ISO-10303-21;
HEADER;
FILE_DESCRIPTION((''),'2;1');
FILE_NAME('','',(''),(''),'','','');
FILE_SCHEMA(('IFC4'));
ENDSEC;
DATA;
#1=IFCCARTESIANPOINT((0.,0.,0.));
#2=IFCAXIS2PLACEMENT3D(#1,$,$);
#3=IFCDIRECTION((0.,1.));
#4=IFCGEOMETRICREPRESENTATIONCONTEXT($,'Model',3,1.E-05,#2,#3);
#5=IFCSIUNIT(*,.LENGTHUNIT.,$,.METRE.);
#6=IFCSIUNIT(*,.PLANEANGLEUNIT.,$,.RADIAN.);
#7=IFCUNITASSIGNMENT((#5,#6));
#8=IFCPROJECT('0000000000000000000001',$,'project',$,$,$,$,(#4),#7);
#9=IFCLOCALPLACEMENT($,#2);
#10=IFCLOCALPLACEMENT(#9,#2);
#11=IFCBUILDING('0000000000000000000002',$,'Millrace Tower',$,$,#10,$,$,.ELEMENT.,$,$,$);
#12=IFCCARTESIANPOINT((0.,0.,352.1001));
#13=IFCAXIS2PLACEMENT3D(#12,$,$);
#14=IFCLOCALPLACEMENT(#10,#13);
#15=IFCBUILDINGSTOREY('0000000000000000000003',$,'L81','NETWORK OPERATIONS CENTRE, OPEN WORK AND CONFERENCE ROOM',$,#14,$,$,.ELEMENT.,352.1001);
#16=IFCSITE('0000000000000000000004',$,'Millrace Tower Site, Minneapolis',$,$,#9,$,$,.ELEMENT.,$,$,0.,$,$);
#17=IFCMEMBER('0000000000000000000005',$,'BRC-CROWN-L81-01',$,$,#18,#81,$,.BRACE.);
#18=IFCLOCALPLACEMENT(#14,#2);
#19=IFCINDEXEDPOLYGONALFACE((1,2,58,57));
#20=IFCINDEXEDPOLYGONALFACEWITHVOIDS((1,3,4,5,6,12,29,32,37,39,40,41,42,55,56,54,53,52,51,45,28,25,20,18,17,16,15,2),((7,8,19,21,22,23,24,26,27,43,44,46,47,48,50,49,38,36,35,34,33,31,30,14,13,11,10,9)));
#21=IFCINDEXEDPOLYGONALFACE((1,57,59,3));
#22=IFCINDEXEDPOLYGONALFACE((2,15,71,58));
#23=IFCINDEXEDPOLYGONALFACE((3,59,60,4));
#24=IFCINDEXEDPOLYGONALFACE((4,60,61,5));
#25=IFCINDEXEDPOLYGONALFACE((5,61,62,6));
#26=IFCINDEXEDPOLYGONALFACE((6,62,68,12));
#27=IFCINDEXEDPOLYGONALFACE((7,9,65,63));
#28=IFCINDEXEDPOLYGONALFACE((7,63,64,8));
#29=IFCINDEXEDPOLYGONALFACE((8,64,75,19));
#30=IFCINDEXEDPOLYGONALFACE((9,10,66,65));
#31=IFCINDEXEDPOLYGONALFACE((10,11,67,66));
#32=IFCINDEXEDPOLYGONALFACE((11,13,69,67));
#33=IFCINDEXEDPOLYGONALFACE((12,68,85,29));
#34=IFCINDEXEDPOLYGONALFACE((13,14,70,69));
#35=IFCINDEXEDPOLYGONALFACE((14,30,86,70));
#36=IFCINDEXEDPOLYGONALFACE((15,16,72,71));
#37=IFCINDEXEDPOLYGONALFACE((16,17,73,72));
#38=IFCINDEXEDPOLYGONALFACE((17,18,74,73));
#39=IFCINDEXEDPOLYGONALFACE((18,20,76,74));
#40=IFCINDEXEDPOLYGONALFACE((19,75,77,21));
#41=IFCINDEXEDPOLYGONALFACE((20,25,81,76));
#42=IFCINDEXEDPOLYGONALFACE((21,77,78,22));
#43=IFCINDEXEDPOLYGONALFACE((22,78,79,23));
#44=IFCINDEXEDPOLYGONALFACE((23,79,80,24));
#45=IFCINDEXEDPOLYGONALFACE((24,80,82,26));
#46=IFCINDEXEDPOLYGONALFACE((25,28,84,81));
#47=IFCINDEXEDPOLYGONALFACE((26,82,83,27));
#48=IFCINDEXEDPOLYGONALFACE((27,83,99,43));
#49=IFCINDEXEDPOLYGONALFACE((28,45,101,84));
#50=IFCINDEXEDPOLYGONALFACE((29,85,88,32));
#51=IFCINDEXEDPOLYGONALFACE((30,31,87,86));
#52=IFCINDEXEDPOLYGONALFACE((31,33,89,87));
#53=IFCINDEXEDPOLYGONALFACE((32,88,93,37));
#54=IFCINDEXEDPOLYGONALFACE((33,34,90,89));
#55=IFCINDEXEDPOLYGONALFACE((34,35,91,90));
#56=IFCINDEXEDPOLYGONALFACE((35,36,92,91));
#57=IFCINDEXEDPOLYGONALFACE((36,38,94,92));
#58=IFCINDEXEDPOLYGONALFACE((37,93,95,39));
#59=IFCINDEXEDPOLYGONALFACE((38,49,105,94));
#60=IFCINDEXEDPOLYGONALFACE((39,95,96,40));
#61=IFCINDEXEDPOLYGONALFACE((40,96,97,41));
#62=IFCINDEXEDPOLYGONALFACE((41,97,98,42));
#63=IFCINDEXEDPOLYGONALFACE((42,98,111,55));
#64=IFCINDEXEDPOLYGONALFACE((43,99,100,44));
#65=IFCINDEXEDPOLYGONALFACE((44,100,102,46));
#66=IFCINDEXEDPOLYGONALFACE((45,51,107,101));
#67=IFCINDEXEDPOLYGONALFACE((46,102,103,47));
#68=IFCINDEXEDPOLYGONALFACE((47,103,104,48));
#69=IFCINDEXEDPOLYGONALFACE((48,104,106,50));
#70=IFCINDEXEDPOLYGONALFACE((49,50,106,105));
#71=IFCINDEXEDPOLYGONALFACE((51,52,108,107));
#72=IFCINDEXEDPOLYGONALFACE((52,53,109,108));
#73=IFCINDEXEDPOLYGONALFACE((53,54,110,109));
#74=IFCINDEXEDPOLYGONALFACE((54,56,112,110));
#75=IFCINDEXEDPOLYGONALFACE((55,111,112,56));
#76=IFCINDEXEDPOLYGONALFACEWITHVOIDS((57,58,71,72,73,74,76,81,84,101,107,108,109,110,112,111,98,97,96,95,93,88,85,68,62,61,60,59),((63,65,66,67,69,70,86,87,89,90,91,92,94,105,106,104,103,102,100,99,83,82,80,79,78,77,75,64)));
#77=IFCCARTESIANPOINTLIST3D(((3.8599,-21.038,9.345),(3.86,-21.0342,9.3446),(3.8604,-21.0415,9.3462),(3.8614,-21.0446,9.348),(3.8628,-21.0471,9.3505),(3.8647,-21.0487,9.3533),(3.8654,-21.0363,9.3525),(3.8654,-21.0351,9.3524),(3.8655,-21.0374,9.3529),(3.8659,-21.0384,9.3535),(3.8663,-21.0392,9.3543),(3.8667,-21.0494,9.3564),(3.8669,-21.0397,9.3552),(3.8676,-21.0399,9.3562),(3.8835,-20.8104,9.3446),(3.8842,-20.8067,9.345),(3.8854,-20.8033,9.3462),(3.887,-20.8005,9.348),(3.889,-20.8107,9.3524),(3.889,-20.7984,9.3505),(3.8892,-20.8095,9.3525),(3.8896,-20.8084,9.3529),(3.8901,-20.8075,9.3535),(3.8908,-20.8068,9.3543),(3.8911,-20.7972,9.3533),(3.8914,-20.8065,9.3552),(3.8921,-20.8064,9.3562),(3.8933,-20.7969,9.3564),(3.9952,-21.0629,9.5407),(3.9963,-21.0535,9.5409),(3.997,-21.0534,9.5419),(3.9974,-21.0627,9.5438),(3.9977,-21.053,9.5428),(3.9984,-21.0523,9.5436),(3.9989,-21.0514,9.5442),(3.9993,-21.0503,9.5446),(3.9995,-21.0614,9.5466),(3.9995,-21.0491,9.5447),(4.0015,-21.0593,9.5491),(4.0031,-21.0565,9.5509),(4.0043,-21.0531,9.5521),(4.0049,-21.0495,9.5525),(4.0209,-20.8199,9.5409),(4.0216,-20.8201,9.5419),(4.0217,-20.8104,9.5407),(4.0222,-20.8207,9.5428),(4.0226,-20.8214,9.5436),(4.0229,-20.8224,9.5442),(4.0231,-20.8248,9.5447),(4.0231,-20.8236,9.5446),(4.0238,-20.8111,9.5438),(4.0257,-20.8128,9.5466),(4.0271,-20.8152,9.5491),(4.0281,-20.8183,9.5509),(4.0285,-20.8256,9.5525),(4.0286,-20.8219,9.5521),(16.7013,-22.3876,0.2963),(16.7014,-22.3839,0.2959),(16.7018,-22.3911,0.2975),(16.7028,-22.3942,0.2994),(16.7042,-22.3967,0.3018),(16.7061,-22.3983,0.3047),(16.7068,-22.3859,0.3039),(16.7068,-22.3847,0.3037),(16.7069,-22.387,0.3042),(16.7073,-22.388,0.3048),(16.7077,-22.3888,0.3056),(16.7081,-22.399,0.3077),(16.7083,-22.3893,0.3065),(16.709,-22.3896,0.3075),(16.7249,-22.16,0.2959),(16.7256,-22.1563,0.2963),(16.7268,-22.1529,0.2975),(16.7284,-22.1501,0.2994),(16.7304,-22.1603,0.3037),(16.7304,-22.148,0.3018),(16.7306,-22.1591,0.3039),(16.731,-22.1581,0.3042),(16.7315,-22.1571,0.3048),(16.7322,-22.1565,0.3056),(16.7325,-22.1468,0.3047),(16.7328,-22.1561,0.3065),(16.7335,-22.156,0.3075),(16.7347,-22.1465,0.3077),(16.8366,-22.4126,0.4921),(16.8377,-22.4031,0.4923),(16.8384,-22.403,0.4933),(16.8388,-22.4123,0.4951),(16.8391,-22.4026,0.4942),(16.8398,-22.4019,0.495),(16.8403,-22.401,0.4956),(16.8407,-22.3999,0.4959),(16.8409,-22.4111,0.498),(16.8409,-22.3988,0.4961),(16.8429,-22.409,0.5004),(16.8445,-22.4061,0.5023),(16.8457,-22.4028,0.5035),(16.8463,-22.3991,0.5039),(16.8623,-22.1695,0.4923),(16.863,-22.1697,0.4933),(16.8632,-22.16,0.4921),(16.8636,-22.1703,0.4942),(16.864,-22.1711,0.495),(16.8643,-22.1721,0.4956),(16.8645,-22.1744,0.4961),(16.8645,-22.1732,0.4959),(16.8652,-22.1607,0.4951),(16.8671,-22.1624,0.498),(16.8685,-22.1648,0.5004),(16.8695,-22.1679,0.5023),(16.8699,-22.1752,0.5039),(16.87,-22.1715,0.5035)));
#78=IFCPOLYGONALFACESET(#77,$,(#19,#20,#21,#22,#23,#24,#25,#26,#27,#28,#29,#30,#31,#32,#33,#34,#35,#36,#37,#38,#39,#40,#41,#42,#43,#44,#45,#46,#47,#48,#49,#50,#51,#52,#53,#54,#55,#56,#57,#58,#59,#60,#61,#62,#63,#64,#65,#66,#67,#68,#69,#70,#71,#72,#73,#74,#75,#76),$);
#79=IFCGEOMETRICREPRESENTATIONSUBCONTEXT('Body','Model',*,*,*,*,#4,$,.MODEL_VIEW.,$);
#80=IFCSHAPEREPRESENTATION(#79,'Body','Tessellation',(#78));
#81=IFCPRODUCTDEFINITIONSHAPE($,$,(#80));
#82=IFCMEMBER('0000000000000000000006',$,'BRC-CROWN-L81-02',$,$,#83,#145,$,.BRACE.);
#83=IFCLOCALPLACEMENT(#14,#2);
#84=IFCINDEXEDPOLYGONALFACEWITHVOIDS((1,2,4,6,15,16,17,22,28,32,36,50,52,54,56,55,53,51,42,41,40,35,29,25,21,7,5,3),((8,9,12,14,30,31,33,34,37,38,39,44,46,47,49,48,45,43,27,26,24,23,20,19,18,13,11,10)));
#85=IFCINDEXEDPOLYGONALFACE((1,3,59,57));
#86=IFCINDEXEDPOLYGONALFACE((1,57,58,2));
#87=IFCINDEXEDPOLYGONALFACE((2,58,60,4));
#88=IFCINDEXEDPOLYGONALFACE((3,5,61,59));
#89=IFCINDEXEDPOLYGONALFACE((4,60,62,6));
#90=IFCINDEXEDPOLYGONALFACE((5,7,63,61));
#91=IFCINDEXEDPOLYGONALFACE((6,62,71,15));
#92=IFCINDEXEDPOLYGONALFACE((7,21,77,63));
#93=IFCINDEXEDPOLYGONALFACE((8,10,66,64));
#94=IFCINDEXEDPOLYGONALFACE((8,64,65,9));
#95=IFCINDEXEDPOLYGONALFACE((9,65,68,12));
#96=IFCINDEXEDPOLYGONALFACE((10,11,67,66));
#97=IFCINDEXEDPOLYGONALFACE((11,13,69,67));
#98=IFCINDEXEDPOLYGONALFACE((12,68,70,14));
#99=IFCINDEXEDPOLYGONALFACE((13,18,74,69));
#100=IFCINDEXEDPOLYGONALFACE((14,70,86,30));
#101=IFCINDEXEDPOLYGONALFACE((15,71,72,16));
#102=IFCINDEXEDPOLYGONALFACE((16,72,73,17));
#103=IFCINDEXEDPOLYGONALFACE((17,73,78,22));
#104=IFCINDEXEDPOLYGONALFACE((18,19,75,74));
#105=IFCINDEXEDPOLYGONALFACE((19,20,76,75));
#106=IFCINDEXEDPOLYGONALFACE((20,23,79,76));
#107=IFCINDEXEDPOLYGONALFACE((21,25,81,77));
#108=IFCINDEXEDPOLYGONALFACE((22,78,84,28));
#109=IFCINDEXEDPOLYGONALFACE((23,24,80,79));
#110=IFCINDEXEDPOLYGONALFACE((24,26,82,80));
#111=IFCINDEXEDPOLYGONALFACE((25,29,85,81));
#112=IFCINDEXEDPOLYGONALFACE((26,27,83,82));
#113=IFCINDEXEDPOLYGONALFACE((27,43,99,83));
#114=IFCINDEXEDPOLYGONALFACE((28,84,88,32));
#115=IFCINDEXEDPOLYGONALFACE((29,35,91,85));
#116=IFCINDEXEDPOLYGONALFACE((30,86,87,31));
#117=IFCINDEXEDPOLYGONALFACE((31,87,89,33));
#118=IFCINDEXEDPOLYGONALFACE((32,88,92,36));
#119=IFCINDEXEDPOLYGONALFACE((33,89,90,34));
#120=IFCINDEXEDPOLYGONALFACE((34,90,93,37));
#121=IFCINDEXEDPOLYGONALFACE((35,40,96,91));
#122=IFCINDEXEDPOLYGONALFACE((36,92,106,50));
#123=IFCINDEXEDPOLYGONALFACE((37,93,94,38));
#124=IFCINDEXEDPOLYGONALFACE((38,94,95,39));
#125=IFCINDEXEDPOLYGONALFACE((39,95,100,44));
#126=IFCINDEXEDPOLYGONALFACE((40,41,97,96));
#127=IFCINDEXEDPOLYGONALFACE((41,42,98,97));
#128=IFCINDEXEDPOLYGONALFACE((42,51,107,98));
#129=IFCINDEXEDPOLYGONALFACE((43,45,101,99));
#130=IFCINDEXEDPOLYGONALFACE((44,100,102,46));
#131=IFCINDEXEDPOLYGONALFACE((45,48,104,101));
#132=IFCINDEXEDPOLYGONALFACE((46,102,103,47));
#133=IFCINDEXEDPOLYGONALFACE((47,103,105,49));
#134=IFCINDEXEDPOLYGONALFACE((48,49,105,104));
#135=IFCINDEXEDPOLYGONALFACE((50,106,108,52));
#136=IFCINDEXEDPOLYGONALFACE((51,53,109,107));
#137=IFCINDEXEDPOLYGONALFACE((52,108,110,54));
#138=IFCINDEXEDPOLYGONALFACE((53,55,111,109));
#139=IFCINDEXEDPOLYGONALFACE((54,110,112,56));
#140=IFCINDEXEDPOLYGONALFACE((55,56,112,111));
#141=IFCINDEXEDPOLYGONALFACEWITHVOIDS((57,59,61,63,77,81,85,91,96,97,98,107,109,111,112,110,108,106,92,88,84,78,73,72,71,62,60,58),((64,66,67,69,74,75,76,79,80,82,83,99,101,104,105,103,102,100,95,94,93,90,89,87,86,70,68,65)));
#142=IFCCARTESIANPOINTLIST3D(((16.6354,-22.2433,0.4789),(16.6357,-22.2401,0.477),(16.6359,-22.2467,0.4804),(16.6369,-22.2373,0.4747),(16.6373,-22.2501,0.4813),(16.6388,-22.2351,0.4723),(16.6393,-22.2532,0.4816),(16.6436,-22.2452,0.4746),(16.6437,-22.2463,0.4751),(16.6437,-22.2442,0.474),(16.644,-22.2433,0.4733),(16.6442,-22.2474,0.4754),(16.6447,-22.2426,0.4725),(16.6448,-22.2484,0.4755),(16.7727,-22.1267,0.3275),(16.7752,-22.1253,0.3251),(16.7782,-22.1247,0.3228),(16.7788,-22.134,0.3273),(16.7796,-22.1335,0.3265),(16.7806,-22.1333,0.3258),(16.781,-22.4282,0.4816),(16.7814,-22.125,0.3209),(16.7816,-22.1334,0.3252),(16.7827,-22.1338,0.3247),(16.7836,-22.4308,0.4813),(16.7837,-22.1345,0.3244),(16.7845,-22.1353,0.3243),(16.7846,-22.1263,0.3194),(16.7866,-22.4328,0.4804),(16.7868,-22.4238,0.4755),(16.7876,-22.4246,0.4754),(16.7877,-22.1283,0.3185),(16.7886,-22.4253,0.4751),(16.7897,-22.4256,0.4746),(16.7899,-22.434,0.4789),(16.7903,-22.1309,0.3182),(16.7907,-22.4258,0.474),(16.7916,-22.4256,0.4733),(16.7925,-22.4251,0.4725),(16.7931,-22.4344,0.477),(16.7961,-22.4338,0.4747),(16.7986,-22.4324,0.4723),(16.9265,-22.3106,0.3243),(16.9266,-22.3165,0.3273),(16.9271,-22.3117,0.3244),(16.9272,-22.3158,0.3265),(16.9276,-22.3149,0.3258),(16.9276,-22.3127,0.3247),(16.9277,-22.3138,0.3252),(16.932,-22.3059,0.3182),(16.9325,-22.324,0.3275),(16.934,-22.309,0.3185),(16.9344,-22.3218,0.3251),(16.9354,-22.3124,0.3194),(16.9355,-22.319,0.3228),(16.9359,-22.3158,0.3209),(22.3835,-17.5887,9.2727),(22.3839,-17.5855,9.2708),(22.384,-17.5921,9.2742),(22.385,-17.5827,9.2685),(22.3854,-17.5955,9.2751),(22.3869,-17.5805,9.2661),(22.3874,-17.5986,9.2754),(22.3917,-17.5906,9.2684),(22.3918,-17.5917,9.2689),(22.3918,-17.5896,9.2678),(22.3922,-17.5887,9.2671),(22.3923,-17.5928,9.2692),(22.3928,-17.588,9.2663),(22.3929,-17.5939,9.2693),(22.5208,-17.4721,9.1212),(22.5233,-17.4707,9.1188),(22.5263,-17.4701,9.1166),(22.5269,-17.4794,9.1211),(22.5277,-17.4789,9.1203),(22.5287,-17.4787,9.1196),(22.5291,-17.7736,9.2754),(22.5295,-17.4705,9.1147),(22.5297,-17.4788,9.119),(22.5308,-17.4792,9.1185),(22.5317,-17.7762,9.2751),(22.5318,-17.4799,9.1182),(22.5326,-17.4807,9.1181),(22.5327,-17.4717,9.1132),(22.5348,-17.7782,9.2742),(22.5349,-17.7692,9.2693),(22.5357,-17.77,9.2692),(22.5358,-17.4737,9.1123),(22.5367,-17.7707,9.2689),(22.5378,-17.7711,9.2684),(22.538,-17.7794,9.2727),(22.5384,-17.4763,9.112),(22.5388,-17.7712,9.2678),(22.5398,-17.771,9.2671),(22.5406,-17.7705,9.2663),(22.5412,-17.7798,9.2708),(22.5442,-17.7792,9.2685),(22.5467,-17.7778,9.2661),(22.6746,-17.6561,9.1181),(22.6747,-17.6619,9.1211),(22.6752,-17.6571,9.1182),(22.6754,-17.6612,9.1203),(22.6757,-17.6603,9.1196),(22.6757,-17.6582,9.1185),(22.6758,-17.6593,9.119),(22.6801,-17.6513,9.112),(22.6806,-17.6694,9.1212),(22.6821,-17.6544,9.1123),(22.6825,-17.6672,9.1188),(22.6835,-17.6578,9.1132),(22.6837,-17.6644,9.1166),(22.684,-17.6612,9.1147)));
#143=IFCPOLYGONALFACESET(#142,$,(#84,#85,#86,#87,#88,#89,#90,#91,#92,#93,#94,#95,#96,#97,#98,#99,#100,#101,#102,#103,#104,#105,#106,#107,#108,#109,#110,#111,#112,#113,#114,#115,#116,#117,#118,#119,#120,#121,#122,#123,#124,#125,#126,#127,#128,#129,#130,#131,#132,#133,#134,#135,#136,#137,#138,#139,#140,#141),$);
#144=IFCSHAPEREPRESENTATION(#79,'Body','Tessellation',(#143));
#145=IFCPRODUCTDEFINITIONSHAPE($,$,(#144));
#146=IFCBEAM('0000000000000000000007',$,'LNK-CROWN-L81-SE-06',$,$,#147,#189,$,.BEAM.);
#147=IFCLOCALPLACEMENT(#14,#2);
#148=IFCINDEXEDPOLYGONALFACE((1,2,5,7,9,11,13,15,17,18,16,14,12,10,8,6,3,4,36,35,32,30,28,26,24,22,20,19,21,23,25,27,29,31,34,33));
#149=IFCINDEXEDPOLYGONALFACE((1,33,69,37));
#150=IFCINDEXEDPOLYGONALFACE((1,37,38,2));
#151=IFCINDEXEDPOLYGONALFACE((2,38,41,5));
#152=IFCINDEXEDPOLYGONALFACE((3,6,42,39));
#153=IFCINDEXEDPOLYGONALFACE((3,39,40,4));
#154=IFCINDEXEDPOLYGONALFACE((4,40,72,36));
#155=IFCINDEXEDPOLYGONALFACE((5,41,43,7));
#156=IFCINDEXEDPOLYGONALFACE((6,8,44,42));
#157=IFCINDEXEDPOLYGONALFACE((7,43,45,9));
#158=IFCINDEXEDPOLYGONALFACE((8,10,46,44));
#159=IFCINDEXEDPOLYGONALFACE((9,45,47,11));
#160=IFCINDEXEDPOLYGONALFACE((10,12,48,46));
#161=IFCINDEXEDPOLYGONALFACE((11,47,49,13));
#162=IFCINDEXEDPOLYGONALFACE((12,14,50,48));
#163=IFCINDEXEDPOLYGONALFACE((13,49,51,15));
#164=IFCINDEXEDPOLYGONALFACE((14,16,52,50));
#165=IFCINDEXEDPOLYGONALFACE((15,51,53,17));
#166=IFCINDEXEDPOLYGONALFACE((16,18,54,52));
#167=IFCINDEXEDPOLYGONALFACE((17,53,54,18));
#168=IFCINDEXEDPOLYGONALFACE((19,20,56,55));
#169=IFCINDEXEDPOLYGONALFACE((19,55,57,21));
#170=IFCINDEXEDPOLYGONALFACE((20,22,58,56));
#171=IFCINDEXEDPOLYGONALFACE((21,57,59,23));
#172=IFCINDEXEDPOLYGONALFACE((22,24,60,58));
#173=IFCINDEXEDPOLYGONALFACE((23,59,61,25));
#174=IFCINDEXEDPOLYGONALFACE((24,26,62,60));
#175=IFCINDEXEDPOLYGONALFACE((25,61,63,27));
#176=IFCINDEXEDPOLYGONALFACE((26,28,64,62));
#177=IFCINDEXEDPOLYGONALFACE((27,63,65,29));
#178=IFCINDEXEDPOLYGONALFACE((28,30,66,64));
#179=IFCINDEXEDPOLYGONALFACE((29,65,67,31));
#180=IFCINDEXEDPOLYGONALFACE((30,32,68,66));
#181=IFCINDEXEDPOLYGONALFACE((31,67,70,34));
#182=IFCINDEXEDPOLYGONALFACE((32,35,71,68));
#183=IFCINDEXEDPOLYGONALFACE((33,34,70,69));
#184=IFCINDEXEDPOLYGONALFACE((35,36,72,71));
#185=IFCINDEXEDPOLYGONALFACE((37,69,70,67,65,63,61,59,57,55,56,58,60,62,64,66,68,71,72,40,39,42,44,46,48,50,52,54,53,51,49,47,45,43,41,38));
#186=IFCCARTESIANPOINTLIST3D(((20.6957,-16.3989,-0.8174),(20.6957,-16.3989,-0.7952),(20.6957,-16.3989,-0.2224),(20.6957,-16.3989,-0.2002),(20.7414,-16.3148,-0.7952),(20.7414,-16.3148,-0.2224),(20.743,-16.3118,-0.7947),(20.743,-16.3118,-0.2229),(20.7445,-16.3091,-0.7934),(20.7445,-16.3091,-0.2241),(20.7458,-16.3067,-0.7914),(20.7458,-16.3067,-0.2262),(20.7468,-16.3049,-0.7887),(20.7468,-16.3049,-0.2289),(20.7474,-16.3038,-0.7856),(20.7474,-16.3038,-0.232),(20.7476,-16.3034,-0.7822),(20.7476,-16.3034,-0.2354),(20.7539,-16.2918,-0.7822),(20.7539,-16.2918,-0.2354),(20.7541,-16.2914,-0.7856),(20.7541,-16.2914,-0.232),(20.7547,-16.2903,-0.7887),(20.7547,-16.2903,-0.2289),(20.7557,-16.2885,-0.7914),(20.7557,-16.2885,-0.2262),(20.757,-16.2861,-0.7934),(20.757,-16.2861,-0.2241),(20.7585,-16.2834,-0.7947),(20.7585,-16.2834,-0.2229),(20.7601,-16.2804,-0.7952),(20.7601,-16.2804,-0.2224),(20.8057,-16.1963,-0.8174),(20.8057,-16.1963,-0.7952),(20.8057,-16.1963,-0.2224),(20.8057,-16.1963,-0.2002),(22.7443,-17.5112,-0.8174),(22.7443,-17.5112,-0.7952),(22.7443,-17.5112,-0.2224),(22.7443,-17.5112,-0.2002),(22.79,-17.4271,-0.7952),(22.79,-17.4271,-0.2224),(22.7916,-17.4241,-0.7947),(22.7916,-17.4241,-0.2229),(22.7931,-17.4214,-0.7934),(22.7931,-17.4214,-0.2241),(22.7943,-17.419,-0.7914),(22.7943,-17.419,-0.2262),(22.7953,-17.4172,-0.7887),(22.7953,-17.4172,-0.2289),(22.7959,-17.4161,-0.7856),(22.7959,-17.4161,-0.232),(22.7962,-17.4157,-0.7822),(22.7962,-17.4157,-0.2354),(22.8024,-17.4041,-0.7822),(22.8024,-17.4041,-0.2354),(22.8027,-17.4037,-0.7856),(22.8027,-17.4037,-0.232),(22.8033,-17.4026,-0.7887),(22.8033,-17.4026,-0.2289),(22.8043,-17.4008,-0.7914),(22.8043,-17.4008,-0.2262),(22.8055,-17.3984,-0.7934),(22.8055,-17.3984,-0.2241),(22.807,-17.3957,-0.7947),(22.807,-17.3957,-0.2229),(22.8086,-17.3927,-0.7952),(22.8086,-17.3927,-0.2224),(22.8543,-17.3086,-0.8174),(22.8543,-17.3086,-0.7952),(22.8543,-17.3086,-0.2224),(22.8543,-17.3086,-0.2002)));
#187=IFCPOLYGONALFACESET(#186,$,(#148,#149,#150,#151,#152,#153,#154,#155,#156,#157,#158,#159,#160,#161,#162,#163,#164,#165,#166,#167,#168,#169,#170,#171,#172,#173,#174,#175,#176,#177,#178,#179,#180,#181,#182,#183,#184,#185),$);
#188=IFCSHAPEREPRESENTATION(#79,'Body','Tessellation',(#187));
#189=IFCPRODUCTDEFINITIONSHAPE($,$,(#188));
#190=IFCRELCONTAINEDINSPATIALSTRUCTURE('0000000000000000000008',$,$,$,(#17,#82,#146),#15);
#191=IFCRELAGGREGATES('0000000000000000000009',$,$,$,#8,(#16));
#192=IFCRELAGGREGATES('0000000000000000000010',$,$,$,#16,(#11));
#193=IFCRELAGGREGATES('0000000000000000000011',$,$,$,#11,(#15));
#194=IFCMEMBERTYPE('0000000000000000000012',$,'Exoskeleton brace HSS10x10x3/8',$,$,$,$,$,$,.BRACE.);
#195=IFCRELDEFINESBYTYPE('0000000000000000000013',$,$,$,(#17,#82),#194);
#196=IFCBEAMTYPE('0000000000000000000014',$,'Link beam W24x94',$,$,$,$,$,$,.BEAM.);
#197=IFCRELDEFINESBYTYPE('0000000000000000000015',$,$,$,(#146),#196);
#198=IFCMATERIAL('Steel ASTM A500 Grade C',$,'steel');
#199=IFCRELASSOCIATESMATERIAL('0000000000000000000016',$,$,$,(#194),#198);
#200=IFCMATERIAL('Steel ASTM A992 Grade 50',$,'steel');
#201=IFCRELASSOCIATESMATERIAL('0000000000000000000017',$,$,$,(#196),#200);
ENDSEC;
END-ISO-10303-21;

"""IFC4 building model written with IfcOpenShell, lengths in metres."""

from ifc_helpers import new_model, si_unit, direction, frame, origin, origin_2d, place, context, subcontext, project, spatial, hollow_rectangle, i_section, extrude, material, material_profile, profile_set, type_object, element, save


model = new_model("IFC4")

# Units and contexts
model_context = context("Model", 3, precision=1e-05, world=origin(), true_north=direction((0.0, 1.0)))
body_context = subcontext(model_context, "Body", "Model", "MODEL_VIEW")
ifc_project = project(units=[si_unit("LENGTHUNIT", "METRE"), si_unit("PLANEANGLEUNIT", "RADIAN")], contexts=[model_context])

# Site, building, storey
site_placement = place(None, origin())
site = spatial("IfcSite", under=ifc_project, at=site_placement, Name="Millrace Tower Site, Minneapolis", CompositionType="ELEMENT", RefElevation=0.0)
building_placement = place(site_placement, origin())
building = spatial("IfcBuilding", under=site, at=building_placement, Name="Millrace Tower", CompositionType="ELEMENT")
storey_placement = place(building_placement, frame((0.0, 0.0, 352.1001)))
storey = spatial("IfcBuildingStorey", under=building, at=storey_placement, Name="L81", Description="NETWORK OPERATIONS CENTRE, OPEN WORK AND CONFERENCE ROOM", CompositionType="ELEMENT", Elevation=352.1001)

# Members
ifc_material_1 = material(Name="Steel ASTM A500 Grade C", Category="steel")
ifc_material_profile_1 = material_profile(ifc_material_1, hollow_rectangle(XDim=0.2539, YDim=0.2539, WallThickness=0.0095, InnerFilletRadius=0.0046, OuterFilletRadius=0.0144, at=origin_2d()))
ifc_profile_set_1 = profile_set([ifc_material_profile_1], Name="Steel ASTM A500 Grade C")
member_type_1 = type_object("IfcMemberType", Name="Exoskeleton brace HSS10x10x3/8", PredefinedType="BRACE", material=ifc_profile_set_1)
member_1_placement = place(storey_placement, frame((16.7856, -22.2795, 0.3999), z_axis=(-0.814443, 0.085597, 0.573895), x_axis=(-0.104523, -0.994522, 0.0)))
element("IfcMember", 1, at=member_1_placement, inside=storey, type_object=member_type_1, Name="BRC-CROWN-L81-01", PredefinedType="BRACE", context=body_context, shape_type="SweptSolid", body=[
    extrude(hollow_rectangle(XDim=0.2539, YDim=0.2539, WallThickness=0.0095, InnerFilletRadius=0.0046, OuterFilletRadius=0.0144, at=origin_2d()), origin(), (0.0, 0.0, 1.0), 15.7671),
])
member_2_placement = place(storey_placement, frame((16.7856, -22.2795, 0.3999), z_axis=(0.500239, 0.405074, 0.765295), x_axis=(-0.629309, 0.777155, 0.0)))
element("IfcMember", 2, at=member_2_placement, inside=storey, type_object=member_type_1, Name="BRC-CROWN-L81-02", PredefinedType="BRACE", context=body_context, shape_type="SweptSolid", body=[
    extrude(hollow_rectangle(XDim=0.2539, YDim=0.2539, WallThickness=0.0095, InnerFilletRadius=0.0046, OuterFilletRadius=0.0144, at=origin_2d()), origin(), (0.0, 0.0, 1.0), 11.4907),
])

# Beam
ifc_material_2 = material(Name="Steel ASTM A992 Grade 50", Category="steel")
ifc_material_profile_2 = material_profile(ifc_material_2, i_section(OverallWidth=0.2305, OverallDepth=0.6172, WebThickness=0.0132, FlangeThickness=0.0222, FilletRadius=0.0129, at=origin_2d()))
ifc_profile_set_2 = profile_set([ifc_material_profile_2], Name="Steel ASTM A992 Grade 50")
beam_type_1 = type_object("IfcBeamType", Name="Link beam W24x94", PredefinedType="BEAM", material=ifc_profile_set_2)
for number, where, z_axis, x_axis, name in (
    (3, (20.7507, -16.2976, -0.5088), (0.878815, -0.477164, 0.0), (0.477164, 0.878815, 0.0), "LNK-CROWN-L81-SE-06"),
):
    element("IfcBeam", number, at=place(storey_placement, frame(where, z_axis=z_axis, x_axis=x_axis)), inside=storey, type_object=beam_type_1, Name=name, PredefinedType="BEAM", context=body_context, shape_type="SweptSolid", body=[
        extrude(i_section(OverallWidth=0.2305, OverallDepth=0.6172, WebThickness=0.0132, FlangeThickness=0.0222, FilletRadius=0.0129, at=origin_2d()), origin(), (0.0, 0.0, 1.0), 2.3311),
    ])

save(model, "model.ifc")
